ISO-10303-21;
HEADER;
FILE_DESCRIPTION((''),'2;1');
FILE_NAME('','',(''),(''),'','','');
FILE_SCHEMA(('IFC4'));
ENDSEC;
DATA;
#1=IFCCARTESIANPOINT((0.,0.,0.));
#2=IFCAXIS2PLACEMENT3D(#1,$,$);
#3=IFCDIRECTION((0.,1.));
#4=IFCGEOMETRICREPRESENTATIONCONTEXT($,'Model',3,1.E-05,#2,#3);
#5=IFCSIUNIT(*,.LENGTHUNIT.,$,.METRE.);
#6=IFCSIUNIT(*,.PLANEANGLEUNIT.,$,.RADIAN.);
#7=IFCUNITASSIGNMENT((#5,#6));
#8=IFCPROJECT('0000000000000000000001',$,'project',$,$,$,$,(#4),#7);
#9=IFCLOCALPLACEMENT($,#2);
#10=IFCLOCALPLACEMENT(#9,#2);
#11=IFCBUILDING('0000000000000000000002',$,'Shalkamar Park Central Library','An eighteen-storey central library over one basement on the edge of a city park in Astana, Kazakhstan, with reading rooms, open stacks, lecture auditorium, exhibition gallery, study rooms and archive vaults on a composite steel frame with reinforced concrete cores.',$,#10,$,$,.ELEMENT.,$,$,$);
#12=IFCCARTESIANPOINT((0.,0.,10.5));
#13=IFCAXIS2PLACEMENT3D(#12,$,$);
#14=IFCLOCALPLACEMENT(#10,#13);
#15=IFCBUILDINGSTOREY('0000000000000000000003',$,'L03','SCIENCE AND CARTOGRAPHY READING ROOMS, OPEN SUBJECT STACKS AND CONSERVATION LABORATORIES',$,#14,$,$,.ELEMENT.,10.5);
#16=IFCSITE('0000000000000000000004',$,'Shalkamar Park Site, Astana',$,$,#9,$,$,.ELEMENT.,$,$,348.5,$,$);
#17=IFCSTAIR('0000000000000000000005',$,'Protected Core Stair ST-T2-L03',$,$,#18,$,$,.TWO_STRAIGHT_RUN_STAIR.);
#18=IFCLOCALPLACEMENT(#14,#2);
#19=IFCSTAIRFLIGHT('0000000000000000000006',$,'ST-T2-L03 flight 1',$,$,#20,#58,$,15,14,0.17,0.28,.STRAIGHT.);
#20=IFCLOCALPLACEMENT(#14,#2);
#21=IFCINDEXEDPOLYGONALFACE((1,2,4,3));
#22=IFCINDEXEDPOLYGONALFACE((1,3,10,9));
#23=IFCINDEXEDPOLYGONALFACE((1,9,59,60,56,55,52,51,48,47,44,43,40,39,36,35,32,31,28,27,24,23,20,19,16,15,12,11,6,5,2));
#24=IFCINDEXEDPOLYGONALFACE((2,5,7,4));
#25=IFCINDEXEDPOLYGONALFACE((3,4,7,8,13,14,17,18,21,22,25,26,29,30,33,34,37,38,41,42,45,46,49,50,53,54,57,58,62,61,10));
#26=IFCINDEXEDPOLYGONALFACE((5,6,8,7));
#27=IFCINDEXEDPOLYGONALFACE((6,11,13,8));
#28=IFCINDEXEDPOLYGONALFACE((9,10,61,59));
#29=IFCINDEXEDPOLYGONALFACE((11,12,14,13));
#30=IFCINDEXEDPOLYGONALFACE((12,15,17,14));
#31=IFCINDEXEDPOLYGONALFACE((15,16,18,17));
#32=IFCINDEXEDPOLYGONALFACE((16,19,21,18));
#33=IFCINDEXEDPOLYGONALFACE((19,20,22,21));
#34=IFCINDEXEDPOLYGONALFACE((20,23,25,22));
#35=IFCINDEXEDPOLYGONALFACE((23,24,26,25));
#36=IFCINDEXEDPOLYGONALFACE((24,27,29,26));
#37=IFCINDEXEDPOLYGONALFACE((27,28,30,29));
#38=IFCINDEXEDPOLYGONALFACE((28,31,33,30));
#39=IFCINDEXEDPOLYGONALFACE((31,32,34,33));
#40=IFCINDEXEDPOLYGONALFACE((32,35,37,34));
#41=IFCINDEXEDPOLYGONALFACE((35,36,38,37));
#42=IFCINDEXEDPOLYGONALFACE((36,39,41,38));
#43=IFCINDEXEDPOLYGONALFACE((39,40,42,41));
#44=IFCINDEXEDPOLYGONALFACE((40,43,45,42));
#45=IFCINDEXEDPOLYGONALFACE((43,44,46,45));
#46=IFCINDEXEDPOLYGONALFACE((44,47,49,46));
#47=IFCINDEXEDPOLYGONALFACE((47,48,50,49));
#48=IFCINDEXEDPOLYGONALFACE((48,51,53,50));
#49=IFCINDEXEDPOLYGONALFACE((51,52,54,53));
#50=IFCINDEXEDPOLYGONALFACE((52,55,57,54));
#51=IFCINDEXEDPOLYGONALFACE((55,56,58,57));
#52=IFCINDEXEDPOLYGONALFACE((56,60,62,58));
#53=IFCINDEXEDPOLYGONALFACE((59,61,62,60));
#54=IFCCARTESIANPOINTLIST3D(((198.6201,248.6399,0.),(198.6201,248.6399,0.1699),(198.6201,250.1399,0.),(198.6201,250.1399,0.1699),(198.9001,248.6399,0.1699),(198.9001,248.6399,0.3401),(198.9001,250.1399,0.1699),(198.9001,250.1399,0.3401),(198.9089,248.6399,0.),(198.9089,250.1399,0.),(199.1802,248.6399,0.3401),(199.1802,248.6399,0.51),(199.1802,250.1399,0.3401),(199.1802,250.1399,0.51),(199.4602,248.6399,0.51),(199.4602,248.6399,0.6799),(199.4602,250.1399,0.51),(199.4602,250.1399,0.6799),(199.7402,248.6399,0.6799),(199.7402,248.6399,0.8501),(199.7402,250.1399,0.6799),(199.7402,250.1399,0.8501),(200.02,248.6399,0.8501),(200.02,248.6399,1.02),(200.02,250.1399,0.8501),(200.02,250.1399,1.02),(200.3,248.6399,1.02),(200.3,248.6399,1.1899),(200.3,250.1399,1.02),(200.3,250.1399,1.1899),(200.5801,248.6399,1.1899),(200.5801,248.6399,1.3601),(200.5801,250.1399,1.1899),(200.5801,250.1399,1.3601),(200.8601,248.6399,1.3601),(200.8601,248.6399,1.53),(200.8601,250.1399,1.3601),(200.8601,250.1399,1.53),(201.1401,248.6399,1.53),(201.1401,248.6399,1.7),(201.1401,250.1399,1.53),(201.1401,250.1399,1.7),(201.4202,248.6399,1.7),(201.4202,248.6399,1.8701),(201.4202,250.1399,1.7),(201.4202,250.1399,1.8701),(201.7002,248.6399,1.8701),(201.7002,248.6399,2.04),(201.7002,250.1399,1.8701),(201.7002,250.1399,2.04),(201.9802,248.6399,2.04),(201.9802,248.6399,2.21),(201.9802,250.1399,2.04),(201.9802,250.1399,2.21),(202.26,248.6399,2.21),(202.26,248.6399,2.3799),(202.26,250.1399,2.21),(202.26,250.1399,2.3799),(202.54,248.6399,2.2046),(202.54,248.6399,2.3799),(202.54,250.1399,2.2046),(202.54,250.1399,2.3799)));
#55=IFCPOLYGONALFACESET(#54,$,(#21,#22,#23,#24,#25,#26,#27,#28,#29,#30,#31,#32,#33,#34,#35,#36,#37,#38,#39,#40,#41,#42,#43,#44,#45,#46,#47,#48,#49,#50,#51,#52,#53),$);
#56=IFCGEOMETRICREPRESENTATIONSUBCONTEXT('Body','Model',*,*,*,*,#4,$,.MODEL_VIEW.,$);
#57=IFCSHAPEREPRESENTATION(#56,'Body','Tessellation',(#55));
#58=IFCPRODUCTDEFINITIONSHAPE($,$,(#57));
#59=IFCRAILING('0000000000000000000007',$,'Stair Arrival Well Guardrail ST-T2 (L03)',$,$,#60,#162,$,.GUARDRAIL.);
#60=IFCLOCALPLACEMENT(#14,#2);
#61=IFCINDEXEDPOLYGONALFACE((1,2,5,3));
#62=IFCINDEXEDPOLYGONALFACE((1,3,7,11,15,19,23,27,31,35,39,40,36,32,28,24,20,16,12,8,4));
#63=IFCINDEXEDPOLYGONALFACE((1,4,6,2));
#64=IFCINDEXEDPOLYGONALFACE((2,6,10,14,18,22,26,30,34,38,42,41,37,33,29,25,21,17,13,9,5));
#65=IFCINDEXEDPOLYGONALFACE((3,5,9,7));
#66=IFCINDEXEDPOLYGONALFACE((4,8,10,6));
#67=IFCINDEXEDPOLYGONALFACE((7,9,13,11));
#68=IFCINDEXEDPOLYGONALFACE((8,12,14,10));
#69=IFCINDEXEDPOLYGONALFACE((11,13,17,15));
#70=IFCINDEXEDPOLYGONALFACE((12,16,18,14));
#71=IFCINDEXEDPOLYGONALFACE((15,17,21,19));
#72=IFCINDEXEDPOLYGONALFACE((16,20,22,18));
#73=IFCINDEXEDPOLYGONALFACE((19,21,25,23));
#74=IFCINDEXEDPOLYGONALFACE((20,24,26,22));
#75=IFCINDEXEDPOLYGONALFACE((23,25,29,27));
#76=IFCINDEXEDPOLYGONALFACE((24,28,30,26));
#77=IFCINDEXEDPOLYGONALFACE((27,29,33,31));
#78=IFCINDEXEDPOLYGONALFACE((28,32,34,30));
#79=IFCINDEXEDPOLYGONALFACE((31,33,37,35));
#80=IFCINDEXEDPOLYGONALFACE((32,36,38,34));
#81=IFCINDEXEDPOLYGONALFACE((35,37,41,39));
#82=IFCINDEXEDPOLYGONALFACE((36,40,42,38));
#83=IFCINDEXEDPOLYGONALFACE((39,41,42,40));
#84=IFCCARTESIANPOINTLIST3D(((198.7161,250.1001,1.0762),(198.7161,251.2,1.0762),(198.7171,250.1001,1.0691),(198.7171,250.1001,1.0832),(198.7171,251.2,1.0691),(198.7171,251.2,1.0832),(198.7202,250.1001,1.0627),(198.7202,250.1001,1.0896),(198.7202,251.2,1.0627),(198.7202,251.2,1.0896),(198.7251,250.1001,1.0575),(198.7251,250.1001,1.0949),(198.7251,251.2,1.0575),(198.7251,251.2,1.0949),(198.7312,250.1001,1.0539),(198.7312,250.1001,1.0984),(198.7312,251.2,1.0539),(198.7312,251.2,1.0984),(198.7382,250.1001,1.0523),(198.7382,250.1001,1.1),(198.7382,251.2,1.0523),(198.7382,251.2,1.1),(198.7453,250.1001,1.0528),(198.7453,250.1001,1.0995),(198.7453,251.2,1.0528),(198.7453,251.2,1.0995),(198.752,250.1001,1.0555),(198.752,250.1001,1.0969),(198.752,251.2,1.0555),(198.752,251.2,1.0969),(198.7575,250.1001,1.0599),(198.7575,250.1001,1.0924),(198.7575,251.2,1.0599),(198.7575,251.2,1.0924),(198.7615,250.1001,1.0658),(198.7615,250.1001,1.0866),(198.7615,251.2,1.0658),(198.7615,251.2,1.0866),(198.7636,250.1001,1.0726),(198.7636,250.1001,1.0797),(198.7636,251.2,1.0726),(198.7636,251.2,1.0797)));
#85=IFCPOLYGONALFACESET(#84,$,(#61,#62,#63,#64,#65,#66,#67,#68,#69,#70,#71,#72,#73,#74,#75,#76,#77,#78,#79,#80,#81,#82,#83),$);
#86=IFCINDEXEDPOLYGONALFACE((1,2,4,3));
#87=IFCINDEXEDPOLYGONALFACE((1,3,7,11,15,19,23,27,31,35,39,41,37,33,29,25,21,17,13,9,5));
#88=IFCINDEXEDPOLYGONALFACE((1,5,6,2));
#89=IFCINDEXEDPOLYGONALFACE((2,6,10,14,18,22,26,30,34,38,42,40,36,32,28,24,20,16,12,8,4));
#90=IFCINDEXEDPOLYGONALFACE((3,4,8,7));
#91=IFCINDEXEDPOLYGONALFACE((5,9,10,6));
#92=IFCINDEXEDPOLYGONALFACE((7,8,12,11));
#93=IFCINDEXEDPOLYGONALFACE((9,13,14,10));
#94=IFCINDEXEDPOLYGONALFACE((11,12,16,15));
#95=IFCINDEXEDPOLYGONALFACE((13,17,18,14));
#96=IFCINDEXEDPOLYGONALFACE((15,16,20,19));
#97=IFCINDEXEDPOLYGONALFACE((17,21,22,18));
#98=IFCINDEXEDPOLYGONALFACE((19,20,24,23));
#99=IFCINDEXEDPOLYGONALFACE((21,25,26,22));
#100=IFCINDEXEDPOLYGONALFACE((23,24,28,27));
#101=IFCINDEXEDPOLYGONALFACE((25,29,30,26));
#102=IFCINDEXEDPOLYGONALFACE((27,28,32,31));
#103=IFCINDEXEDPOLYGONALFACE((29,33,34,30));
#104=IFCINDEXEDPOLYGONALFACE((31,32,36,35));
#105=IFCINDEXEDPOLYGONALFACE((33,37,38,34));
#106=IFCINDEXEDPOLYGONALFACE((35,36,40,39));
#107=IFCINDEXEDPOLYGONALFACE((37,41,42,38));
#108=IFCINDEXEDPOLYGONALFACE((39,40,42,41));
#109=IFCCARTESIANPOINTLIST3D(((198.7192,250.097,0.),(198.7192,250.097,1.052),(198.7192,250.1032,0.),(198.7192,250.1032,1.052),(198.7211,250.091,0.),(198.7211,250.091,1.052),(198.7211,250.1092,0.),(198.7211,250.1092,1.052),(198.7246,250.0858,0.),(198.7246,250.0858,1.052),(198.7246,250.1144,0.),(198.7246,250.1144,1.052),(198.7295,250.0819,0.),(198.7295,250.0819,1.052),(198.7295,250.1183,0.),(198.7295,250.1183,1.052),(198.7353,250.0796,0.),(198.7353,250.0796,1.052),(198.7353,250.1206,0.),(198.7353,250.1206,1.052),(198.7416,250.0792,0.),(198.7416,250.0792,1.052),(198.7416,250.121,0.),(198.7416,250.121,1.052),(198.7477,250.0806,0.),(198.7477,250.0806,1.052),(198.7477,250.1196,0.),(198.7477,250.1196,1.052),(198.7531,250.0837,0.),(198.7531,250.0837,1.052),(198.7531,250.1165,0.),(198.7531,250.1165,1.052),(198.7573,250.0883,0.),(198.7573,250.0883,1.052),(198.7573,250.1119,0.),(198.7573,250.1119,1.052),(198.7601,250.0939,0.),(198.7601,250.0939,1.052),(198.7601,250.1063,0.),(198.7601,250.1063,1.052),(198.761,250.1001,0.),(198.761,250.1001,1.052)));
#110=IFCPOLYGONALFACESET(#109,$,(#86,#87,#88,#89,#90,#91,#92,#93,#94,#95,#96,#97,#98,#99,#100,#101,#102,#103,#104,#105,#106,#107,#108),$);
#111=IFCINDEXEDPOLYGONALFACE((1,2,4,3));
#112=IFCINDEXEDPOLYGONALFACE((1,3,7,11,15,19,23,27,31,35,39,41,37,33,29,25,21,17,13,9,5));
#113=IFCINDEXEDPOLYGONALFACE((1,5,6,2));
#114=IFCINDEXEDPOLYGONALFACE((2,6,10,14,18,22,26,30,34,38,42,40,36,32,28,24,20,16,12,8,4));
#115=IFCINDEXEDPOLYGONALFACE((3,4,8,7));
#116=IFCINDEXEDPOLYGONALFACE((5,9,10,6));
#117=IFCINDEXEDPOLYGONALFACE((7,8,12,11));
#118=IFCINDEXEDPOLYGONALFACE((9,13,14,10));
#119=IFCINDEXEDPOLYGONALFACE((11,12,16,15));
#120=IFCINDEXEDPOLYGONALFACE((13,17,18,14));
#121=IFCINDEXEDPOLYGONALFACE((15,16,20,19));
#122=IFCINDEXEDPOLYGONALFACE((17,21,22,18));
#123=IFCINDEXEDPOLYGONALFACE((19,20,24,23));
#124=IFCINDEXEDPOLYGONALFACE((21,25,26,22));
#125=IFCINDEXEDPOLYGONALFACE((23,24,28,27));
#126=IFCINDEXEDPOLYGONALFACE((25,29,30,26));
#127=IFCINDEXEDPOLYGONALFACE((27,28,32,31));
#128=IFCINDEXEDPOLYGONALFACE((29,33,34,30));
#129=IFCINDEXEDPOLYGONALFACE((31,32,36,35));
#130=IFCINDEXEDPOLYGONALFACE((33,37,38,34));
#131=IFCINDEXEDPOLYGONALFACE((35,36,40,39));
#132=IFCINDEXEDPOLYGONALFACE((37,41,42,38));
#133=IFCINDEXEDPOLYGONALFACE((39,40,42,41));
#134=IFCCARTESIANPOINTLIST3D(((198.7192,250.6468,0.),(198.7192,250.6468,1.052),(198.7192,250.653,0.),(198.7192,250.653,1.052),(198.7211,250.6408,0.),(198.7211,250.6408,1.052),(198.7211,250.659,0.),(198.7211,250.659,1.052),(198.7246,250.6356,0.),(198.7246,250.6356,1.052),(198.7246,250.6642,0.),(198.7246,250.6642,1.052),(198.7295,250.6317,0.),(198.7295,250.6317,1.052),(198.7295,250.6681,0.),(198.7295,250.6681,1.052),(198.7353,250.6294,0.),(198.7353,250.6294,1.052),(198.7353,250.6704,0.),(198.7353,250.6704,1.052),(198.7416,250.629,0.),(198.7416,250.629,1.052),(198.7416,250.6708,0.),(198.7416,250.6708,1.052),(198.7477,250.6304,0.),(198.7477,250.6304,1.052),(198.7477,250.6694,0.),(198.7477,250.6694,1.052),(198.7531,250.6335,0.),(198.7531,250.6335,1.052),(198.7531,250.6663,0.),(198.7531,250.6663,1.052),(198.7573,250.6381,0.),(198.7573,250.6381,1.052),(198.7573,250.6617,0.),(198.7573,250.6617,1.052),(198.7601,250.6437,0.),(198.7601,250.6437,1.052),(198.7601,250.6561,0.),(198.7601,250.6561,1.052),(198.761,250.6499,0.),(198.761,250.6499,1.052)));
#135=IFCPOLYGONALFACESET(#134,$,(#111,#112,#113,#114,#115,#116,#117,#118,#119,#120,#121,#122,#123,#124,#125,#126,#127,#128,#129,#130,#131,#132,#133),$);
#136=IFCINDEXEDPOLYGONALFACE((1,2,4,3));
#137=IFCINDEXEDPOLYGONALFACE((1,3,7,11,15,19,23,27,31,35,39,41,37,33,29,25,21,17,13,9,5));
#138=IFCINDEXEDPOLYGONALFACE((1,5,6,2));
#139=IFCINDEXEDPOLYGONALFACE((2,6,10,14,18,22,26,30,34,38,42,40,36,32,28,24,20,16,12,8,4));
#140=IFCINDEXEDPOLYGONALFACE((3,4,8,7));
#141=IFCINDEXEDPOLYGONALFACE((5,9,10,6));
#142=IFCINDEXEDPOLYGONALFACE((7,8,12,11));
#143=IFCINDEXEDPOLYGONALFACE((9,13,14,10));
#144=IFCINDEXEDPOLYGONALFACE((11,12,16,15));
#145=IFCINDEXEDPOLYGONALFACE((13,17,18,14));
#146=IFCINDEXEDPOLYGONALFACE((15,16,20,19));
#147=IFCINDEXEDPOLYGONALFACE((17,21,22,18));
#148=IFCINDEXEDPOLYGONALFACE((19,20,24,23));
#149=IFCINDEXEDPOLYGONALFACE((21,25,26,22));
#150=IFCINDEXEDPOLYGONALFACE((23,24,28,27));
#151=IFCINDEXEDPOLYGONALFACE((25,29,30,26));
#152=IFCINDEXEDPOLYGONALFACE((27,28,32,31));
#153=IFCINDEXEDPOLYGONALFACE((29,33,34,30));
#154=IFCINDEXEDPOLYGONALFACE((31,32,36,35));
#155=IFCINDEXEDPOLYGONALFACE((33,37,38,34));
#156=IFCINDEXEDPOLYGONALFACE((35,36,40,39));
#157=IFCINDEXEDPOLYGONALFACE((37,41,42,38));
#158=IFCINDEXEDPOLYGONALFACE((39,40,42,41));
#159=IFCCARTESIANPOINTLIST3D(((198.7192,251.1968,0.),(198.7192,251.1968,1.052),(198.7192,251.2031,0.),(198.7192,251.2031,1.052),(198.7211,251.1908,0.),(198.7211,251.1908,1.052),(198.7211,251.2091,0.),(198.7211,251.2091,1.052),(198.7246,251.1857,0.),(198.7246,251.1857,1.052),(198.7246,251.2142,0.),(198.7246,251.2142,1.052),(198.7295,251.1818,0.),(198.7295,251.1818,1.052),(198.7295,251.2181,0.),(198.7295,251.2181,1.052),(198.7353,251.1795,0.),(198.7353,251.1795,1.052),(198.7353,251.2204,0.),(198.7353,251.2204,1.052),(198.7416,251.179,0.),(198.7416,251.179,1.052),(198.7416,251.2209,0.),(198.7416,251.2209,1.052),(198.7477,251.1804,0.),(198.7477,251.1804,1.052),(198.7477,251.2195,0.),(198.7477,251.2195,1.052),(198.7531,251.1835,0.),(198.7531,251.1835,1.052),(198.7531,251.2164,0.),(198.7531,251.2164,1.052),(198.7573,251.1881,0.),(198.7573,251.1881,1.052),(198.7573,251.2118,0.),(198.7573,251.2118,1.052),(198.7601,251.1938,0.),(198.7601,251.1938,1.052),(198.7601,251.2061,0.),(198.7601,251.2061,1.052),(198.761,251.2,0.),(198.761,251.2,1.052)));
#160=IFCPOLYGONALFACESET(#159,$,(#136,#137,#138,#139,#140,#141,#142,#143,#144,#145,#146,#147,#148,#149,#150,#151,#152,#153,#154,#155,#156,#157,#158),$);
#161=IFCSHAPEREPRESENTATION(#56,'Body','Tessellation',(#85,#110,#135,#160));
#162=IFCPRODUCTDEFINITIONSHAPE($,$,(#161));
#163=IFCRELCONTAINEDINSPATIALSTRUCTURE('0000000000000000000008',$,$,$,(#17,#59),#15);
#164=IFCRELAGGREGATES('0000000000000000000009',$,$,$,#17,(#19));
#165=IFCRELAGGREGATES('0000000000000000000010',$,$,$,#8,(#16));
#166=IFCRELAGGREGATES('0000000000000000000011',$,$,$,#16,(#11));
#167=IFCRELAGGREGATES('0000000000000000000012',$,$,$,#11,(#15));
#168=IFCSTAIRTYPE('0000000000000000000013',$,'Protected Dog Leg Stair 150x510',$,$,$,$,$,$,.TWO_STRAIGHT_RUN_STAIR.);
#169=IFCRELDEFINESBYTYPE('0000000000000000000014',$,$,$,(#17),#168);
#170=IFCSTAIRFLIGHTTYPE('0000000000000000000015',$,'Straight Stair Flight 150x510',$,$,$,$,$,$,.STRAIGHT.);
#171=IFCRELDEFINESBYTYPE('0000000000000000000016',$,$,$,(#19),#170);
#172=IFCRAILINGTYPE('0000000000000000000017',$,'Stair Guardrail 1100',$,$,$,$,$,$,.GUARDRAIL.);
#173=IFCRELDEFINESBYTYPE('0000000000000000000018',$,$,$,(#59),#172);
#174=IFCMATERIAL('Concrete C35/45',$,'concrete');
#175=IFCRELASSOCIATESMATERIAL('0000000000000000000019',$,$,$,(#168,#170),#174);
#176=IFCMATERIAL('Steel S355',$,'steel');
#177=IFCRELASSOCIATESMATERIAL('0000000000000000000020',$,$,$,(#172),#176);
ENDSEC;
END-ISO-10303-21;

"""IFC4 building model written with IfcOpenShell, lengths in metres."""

from ifc_helpers import new_model, si_unit, direction, frame, origin, origin_2d, place, context, subcontext, project, spatial, polyline, circle, outline, extrude, material, type_object, element, aggregate, save


model = new_model("IFC4")

# Units and contexts
model_context = context("Model", 3, precision=1e-05, world=origin(), true_north=direction((0.0, 1.0)))
body_context = subcontext(model_context, "Body", "Model", "MODEL_VIEW")
ifc_project = project(units=[si_unit("LENGTHUNIT", "METRE"), si_unit("PLANEANGLEUNIT", "RADIAN")], contexts=[model_context])

# Site, building, storey
site_placement = place(None, origin())
site = spatial("IfcSite", under=ifc_project, at=site_placement, Name="Shalkamar Park Site, Astana", CompositionType="ELEMENT", RefElevation=348.5)
building_placement = place(site_placement, origin())
building = spatial("IfcBuilding", under=site, at=building_placement, Name="Shalkamar Park Central Library", Description="An eighteen-storey central library over one basement on the edge of a city park in Astana, Kazakhstan, with reading rooms, open stacks, lecture auditorium, exhibition gallery, study rooms and archive vaults on a composite steel frame with reinforced concrete cores.", CompositionType="ELEMENT")
storey_placement = place(building_placement, frame((0.0, 0.0, 10.5)))
storey = spatial("IfcBuildingStorey", under=building, at=storey_placement, Name="L03", Description="SCIENCE AND CARTOGRAPHY READING ROOMS, OPEN SUBJECT STACKS AND CONSERVATION LABORATORIES", CompositionType="ELEMENT", Elevation=10.5)

# Shared definitions
ifc_material_1 = material(Name="Steel S355", Category="steel")

# Stair, stair flight
ifc_material_2 = material(Name="Concrete C35/45", Category="concrete")
stair_type = type_object("IfcStairType", Name="Protected Dog Leg Stair 150x510", PredefinedType="TWO_STRAIGHT_RUN_STAIR", material=ifc_material_2)
stair_placement = place(storey_placement, origin())
stair = element("IfcStair", 1, at=stair_placement, inside=storey, type_object=stair_type, Name="Protected Core Stair ST-T2-L03", PredefinedType="TWO_STRAIGHT_RUN_STAIR")
stair_flight_type = type_object("IfcStairFlightType", Name="Straight Stair Flight 150x510", PredefinedType="STRAIGHT", material=ifc_material_2)
stair_flight_placement = place(storey_placement, frame((198.6201, 249.3899, 0.0), z_axis=(0.0, 0.0, 1.0), x_axis=(1.0, 0.0, 0.0)))
stair_flight = element("IfcStairFlight", 2, at=stair_flight_placement, type_object=stair_flight_type, Name="ST-T2-L03 flight 1", NumberOfRisers=15, NumberOfTreads=14, PredefinedType="STRAIGHT", RiserHeight=0.17, TreadLength=0.28, context=body_context, shape_type="SweptSolid", body=[
    extrude(outline(polyline([(0.0, 0.0), (0.0, 0.1699), (0.28, 0.1699), (0.28, 0.3401), (0.5601, 0.3401), (0.5601, 0.51), (0.8401, 0.51), (0.8401, 0.6799), (1.1201, 0.6799), (1.1201, 0.8501), (1.3999, 0.8501), (1.3999, 1.02), (1.6799, 1.02), (1.6799, 1.1899), (1.96, 1.1899), (1.96, 1.3601), (2.24, 1.3601), (2.24, 1.53), (2.52, 1.53), (2.52, 1.7), (2.8, 1.7), (2.8, 1.8701), (3.0801, 1.8701), (3.0801, 2.04), (3.3601, 2.04), (3.3601, 2.21), (3.6399, 2.21), (3.6399, 2.3799), (3.9199, 2.3799), (3.9199, 2.55), (3.9199, 2.2046), (0.2888, 0.0), (0.0, 0.0)])), frame((0.0, 0.75, 0.0), z_axis=(0.0, -1.0, 0.0), x_axis=(1.0, 0.0, 0.0)), (0.0, 0.0, 1.0), 1.5),
])
aggregate(stair, [stair_flight])

# Railing
railing_type = type_object("IfcRailingType", Name="Stair Guardrail 1100", PredefinedType="GUARDRAIL", material=ifc_material_1)
railing_placement = place(storey_placement, frame((198.74, 250.1001, 0.0)))
element("IfcRailing", 3, at=railing_placement, inside=storey, type_object=railing_type, Name="Stair Arrival Well Guardrail ST-T2 (L03)", PredefinedType="GUARDRAIL", context=body_context, shape_type="SweptSolid", body=[
    extrude(circle(Radius=0.0239, at=origin_2d()), frame((0.0, 0.0, 1.0762), z_axis=(0.0, 1.0, 0.0), x_axis=(-1.0, 0.0, 0.0)), (0.0, 0.0, 1.0), 1.0999),
    extrude(circle(Radius=0.021, at=origin_2d()), origin(), (0.0, 0.0, 1.0), 1.052),
    extrude(circle(Radius=0.021, at=origin_2d()), frame((0.0, 0.5498, 0.0)), (0.0, 0.0, 1.0), 1.052),
    extrude(circle(Radius=0.021, at=origin_2d()), frame((0.0, 1.0999, 0.0)), (0.0, 0.0, 1.0), 1.052),
])

save(model, "model.ifc")
